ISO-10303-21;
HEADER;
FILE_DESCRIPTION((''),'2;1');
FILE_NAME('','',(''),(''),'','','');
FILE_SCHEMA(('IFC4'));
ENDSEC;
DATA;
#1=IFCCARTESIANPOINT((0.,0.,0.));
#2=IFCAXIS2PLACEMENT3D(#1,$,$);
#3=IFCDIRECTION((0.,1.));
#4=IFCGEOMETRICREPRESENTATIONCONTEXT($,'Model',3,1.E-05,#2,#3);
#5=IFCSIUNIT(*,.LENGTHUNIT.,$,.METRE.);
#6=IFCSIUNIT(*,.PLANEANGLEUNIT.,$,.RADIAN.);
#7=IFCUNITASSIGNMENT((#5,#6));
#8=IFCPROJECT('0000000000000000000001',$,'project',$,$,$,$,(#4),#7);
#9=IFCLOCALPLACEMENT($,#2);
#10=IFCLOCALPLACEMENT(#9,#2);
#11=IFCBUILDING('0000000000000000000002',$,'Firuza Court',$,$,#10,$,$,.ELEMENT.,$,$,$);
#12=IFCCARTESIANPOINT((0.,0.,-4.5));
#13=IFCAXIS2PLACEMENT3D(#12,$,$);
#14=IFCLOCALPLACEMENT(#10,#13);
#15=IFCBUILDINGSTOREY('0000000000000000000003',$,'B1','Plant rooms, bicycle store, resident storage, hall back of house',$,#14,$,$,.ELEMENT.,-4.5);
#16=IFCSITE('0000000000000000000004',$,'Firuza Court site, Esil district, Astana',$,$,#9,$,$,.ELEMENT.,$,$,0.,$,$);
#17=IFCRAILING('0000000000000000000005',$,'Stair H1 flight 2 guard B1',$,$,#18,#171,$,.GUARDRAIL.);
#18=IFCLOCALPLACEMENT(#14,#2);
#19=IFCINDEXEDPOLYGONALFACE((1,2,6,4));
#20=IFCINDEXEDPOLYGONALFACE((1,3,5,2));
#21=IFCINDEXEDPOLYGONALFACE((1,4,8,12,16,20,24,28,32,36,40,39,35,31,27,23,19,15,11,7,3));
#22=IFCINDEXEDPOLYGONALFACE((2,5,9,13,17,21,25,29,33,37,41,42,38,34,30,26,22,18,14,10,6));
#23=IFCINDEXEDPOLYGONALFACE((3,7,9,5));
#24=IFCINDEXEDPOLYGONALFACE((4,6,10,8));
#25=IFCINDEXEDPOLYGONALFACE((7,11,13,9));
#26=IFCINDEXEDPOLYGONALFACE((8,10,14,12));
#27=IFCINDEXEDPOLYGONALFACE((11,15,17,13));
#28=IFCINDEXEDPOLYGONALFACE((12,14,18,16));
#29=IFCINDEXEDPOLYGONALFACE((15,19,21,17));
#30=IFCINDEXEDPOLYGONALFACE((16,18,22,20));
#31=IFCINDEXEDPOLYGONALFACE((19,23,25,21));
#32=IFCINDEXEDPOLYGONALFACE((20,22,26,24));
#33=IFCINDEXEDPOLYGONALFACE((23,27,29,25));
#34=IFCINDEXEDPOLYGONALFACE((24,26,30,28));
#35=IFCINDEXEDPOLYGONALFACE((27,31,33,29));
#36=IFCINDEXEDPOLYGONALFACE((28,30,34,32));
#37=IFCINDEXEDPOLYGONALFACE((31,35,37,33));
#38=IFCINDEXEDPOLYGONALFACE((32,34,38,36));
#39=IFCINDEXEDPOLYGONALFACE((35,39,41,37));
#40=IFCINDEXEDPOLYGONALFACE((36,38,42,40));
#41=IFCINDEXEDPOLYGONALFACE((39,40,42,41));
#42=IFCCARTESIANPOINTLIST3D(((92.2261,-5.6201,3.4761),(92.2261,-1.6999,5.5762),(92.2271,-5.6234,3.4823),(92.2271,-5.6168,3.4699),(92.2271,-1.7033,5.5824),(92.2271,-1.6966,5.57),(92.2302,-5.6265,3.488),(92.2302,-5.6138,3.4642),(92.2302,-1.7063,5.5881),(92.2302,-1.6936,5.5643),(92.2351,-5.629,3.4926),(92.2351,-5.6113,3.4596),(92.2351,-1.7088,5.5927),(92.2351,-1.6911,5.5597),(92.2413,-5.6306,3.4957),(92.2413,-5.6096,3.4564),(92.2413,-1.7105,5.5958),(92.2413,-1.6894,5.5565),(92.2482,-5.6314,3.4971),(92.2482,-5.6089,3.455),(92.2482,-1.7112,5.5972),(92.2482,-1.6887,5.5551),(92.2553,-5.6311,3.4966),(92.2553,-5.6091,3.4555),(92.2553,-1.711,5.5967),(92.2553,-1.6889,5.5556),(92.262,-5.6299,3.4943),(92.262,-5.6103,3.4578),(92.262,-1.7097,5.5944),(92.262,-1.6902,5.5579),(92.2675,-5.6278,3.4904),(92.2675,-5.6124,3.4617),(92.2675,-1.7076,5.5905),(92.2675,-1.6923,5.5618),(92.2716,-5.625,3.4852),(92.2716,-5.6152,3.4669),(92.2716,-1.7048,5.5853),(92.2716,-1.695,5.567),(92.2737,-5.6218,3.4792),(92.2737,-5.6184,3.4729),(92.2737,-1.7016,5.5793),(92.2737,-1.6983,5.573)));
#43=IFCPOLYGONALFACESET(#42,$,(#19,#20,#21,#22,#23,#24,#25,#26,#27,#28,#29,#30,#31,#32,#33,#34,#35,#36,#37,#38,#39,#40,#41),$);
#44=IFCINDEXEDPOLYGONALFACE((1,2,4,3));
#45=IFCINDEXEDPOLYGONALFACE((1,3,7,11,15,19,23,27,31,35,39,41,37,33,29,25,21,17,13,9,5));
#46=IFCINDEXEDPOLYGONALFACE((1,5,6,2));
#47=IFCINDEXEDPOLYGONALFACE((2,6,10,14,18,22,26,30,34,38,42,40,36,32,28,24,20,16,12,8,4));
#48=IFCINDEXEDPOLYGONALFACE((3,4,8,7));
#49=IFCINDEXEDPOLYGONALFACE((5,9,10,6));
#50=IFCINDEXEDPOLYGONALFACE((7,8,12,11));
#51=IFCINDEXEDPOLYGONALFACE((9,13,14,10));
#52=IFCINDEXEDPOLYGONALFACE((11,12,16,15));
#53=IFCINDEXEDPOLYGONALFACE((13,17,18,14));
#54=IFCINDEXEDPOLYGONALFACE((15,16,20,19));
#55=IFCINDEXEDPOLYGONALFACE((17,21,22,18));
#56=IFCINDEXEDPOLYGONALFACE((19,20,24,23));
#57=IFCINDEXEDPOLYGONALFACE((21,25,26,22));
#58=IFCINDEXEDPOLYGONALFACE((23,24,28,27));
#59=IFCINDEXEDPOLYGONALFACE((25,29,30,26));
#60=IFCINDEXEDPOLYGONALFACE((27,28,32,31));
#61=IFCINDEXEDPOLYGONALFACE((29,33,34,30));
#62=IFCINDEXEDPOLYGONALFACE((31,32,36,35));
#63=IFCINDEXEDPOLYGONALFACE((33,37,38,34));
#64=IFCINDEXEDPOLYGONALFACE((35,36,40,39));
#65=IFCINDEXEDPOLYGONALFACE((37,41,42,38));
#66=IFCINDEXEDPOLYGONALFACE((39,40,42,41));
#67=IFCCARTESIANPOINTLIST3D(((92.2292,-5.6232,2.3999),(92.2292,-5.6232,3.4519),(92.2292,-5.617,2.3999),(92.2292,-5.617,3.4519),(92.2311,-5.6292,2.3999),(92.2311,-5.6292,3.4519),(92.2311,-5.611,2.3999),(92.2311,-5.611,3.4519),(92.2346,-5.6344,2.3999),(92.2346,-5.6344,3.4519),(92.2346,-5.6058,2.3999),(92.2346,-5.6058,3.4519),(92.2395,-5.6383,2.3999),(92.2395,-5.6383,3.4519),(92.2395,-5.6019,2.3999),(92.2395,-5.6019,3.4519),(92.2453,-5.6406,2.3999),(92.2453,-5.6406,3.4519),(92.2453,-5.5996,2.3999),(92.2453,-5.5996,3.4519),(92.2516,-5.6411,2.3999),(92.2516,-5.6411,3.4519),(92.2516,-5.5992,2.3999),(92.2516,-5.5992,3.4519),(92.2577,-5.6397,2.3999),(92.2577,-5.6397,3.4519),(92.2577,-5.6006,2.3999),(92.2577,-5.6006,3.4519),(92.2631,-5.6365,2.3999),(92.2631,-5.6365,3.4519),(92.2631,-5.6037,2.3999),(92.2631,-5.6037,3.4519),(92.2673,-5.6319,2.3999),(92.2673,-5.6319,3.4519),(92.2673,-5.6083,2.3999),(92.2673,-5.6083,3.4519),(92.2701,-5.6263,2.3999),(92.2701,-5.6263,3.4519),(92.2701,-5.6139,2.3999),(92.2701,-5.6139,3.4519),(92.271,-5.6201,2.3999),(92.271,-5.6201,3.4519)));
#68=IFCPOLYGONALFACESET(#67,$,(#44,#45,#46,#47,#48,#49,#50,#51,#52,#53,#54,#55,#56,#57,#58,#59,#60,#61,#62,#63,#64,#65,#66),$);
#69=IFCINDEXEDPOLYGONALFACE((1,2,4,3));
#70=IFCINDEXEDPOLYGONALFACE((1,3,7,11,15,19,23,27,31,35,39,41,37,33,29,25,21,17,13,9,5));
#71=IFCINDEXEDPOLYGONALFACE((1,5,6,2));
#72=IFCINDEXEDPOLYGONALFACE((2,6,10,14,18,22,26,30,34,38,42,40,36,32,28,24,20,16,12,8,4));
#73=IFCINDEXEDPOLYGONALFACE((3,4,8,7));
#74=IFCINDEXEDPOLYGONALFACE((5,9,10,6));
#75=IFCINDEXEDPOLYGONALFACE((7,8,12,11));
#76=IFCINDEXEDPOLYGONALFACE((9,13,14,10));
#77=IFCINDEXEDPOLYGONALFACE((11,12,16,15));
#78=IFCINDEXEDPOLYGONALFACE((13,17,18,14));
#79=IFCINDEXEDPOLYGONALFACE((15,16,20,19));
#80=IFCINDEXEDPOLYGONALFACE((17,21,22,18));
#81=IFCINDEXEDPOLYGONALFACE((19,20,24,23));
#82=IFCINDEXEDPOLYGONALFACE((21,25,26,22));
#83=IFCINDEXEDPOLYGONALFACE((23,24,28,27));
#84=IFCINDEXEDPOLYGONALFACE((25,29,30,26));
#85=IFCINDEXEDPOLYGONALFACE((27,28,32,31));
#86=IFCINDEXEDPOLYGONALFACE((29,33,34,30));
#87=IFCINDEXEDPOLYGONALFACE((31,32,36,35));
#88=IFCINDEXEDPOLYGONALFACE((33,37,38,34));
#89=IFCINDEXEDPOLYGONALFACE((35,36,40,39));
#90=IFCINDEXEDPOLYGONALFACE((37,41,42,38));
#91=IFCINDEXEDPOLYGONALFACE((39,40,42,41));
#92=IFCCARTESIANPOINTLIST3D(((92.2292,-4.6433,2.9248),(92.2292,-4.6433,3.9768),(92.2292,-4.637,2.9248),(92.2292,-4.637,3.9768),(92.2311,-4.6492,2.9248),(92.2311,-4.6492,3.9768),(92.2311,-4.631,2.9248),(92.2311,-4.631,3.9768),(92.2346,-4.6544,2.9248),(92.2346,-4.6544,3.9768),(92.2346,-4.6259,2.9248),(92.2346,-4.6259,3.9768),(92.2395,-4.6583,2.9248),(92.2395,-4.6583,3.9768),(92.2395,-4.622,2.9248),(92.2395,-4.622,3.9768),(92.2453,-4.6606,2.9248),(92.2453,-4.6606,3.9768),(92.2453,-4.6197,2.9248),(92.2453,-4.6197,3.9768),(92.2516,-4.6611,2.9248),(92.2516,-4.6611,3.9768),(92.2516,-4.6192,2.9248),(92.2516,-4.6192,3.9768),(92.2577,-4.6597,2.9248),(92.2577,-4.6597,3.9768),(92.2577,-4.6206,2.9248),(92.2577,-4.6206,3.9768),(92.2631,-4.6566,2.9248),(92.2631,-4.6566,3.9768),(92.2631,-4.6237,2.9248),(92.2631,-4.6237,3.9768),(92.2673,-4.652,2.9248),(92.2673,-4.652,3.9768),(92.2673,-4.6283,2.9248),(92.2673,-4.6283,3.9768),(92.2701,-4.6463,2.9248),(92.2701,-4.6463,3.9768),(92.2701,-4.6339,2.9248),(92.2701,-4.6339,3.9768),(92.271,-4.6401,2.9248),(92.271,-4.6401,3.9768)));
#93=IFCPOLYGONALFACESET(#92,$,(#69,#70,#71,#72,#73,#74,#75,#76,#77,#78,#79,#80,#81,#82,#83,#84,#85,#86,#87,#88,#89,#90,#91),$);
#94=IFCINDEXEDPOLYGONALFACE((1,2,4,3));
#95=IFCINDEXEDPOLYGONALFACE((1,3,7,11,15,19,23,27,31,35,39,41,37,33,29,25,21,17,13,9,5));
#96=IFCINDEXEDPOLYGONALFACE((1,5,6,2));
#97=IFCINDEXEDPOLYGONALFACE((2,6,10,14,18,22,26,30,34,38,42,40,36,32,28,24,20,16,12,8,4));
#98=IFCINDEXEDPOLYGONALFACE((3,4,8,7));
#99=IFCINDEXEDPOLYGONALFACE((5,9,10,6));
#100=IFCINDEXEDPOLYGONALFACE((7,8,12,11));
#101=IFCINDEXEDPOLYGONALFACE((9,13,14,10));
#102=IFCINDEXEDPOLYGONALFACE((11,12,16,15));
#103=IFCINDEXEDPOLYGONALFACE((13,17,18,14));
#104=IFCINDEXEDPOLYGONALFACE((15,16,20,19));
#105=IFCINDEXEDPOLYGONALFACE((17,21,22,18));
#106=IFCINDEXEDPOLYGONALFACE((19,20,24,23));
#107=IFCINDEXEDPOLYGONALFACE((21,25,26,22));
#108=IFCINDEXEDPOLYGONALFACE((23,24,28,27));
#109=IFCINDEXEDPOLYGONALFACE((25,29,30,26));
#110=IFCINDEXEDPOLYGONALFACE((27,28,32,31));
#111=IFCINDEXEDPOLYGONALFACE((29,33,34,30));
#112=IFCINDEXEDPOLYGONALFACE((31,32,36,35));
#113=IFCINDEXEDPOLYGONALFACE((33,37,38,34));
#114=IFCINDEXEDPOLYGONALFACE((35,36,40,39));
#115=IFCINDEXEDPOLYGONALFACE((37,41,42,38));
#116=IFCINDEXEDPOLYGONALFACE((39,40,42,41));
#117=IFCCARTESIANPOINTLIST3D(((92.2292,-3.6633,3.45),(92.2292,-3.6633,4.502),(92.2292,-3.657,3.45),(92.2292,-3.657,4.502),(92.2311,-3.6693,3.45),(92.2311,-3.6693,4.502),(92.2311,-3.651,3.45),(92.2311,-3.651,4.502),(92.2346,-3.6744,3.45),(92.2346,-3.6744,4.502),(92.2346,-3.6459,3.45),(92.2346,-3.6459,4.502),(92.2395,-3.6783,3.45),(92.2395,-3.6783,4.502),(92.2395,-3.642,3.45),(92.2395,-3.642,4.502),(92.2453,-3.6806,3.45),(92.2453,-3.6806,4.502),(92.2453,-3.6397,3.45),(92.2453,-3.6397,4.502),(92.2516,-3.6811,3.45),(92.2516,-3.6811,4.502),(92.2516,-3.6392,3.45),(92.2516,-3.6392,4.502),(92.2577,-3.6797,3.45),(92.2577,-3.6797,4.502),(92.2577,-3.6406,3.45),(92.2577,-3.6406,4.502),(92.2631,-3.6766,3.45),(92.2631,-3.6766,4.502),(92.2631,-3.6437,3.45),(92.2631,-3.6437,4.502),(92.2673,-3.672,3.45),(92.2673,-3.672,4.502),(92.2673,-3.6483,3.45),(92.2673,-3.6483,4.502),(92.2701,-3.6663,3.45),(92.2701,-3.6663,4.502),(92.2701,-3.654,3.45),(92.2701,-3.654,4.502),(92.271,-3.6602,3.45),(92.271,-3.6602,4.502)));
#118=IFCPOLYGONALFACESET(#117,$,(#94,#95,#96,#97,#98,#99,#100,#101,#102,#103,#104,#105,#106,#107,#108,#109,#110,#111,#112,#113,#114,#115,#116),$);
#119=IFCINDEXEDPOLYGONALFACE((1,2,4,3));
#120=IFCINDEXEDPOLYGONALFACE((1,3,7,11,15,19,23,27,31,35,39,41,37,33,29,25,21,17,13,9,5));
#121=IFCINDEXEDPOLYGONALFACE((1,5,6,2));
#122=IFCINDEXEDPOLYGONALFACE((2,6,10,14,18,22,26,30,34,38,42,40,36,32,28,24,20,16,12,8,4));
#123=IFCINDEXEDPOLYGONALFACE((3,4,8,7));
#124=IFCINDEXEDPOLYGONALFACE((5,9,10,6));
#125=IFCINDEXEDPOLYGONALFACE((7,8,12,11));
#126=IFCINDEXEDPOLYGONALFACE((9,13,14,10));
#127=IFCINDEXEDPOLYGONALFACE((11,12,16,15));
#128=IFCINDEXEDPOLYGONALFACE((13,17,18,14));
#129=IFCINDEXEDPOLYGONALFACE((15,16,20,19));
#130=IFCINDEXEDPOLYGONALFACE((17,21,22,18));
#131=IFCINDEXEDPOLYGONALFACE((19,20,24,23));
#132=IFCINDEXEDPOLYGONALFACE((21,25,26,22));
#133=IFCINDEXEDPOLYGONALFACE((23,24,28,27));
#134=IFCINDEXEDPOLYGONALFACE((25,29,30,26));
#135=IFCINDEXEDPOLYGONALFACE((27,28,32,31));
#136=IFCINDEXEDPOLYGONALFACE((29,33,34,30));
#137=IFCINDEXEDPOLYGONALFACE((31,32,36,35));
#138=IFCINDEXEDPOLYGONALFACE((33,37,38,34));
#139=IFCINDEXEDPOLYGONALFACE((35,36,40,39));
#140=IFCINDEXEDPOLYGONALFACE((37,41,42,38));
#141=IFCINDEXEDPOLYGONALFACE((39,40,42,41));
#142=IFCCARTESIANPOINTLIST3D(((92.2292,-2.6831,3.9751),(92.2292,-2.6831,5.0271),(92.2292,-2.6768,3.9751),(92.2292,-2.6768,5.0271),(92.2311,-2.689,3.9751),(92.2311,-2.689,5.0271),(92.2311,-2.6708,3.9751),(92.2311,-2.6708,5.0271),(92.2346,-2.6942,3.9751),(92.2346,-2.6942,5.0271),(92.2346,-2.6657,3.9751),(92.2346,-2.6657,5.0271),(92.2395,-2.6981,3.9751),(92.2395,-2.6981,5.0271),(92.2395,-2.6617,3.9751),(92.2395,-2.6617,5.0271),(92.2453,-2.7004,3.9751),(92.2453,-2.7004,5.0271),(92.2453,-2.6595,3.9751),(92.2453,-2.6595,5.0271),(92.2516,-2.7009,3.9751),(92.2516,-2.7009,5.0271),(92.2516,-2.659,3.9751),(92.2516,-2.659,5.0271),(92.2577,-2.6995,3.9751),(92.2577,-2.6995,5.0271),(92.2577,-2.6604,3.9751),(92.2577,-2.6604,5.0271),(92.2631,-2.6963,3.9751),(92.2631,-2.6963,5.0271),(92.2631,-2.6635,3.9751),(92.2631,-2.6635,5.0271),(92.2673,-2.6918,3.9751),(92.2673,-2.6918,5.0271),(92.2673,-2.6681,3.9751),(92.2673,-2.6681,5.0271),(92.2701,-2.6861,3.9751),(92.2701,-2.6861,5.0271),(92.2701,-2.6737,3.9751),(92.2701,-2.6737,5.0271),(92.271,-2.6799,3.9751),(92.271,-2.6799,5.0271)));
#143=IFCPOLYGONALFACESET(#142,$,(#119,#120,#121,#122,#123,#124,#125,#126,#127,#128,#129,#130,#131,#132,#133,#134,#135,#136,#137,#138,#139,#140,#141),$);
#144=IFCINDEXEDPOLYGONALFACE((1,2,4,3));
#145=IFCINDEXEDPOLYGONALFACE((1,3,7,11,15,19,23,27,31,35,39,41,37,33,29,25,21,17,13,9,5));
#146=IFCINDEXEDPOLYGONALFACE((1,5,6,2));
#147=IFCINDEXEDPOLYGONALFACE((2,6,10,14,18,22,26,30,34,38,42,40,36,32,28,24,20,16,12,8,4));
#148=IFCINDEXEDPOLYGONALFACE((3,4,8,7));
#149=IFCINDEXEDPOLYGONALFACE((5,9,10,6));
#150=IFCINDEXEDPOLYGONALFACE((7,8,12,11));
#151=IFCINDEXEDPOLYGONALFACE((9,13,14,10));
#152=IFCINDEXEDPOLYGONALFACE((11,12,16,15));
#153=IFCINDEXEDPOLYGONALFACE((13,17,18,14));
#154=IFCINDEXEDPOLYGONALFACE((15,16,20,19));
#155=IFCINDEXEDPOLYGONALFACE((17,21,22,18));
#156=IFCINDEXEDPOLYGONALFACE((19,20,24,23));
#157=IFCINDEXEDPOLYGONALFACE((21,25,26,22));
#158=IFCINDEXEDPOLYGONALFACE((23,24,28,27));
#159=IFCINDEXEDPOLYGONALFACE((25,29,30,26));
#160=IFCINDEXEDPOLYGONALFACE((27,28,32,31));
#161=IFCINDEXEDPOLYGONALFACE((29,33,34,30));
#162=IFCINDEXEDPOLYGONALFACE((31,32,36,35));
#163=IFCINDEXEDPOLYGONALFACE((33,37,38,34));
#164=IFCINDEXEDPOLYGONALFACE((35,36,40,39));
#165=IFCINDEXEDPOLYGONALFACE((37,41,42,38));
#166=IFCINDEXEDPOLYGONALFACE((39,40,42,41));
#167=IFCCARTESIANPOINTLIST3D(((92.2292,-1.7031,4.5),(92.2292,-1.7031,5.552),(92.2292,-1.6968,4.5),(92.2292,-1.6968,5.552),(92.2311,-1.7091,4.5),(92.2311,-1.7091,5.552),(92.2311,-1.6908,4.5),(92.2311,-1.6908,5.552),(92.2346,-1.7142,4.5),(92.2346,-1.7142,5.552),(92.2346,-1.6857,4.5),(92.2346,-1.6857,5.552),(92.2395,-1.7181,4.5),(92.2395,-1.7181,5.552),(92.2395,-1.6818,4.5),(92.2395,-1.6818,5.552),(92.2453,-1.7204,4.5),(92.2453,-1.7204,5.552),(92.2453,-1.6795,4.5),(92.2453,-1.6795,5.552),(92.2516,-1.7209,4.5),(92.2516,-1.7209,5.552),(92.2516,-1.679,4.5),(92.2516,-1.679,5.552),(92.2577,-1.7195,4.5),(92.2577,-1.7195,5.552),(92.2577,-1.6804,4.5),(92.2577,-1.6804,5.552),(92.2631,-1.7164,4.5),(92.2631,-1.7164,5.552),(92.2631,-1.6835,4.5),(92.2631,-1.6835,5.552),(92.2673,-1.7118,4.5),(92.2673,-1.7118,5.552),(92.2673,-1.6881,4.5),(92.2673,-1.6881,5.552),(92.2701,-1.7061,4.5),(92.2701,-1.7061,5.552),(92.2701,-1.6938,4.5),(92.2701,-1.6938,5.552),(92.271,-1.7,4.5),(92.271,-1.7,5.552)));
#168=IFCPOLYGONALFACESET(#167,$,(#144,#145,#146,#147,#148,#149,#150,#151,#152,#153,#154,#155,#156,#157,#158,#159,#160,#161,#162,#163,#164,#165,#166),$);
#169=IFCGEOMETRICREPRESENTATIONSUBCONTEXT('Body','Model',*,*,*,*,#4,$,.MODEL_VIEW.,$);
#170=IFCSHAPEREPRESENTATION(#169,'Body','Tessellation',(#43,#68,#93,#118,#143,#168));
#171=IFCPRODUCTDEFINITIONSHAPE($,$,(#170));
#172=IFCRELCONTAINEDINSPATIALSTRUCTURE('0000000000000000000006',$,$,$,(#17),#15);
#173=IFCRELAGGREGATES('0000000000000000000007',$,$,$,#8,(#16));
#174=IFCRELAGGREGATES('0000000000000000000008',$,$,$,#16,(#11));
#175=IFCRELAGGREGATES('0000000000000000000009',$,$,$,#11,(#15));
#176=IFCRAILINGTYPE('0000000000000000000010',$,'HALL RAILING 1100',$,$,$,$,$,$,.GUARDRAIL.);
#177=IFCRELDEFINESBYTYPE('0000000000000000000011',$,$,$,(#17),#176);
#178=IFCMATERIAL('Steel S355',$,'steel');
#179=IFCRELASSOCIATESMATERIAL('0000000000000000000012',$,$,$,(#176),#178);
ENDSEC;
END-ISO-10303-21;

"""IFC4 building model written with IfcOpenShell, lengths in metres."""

from ifc_helpers import new_model, si_unit, direction, frame, origin, origin_2d, place, context, subcontext, project, spatial, circle, extrude, material, type_object, element, save


model = new_model("IFC4")

# Units and contexts
model_context = context("Model", 3, precision=1e-05, world=origin(), true_north=direction((0.0, 1.0)))
body_context = subcontext(model_context, "Body", "Model", "MODEL_VIEW")
ifc_project = project(units=[si_unit("LENGTHUNIT", "METRE"), si_unit("PLANEANGLEUNIT", "RADIAN")], contexts=[model_context])

# Site, building, storey
site_placement = place(None, origin())
site = spatial("IfcSite", under=ifc_project, at=site_placement, Name="Firuza Court site, Esil district, Astana", CompositionType="ELEMENT", RefElevation=0.0)
building_placement = place(site_placement, origin())
building = spatial("IfcBuilding", under=site, at=building_placement, Name="Firuza Court", CompositionType="ELEMENT")
storey_placement = place(building_placement, frame((0.0, 0.0, -4.5)))
storey = spatial("IfcBuildingStorey", under=building, at=storey_placement, Name="B1", Description="Plant rooms, bicycle store, resident storage, hall back of house", CompositionType="ELEMENT", Elevation=-4.5)

# Railing
ifc_material_1 = material(Name="Steel S355", Category="steel")
railing_type_1 = type_object("IfcRailingType", Name="HALL RAILING 1100", PredefinedType="GUARDRAIL", material=ifc_material_1)
railing_1_placement = place(storey_placement, frame((92.25, -5.6201, 2.3999)))
element("IfcRailing", 1, at=railing_1_placement, inside=storey, type_object=railing_type_1, Name="Stair H1 flight 2 guard B1", PredefinedType="GUARDRAIL", context=body_context, shape_type="SweptSolid", body=[
    extrude(circle(Radius=0.0239, at=origin_2d()), frame((0.0, 0.0, 1.0762), z_axis=(0.0, 0.881479, 0.472223), x_axis=(-1.0, 0.0, 0.0)), (0.0, 0.0, 1.0), 4.4473),
    extrude(circle(Radius=0.021, at=origin_2d()), origin(), (0.0, 0.0, 1.0), 1.052),
    extrude(circle(Radius=0.021, at=origin_2d()), frame((0.0, 0.98, 0.5249)), (0.0, 0.0, 1.0), 1.052),
    extrude(circle(Radius=0.021, at=origin_2d()), frame((0.0, 1.96, 1.05)), (0.0, 0.0, 1.0), 1.052),
    extrude(circle(Radius=0.021, at=origin_2d()), frame((0.0, 2.9402, 1.5752)), (0.0, 0.0, 1.0), 1.052),
    extrude(circle(Radius=0.021, at=origin_2d()), frame((0.0, 3.9202, 2.1001)), (0.0, 0.0, 1.0), 1.052),
])

save(model, "model.ifc")
